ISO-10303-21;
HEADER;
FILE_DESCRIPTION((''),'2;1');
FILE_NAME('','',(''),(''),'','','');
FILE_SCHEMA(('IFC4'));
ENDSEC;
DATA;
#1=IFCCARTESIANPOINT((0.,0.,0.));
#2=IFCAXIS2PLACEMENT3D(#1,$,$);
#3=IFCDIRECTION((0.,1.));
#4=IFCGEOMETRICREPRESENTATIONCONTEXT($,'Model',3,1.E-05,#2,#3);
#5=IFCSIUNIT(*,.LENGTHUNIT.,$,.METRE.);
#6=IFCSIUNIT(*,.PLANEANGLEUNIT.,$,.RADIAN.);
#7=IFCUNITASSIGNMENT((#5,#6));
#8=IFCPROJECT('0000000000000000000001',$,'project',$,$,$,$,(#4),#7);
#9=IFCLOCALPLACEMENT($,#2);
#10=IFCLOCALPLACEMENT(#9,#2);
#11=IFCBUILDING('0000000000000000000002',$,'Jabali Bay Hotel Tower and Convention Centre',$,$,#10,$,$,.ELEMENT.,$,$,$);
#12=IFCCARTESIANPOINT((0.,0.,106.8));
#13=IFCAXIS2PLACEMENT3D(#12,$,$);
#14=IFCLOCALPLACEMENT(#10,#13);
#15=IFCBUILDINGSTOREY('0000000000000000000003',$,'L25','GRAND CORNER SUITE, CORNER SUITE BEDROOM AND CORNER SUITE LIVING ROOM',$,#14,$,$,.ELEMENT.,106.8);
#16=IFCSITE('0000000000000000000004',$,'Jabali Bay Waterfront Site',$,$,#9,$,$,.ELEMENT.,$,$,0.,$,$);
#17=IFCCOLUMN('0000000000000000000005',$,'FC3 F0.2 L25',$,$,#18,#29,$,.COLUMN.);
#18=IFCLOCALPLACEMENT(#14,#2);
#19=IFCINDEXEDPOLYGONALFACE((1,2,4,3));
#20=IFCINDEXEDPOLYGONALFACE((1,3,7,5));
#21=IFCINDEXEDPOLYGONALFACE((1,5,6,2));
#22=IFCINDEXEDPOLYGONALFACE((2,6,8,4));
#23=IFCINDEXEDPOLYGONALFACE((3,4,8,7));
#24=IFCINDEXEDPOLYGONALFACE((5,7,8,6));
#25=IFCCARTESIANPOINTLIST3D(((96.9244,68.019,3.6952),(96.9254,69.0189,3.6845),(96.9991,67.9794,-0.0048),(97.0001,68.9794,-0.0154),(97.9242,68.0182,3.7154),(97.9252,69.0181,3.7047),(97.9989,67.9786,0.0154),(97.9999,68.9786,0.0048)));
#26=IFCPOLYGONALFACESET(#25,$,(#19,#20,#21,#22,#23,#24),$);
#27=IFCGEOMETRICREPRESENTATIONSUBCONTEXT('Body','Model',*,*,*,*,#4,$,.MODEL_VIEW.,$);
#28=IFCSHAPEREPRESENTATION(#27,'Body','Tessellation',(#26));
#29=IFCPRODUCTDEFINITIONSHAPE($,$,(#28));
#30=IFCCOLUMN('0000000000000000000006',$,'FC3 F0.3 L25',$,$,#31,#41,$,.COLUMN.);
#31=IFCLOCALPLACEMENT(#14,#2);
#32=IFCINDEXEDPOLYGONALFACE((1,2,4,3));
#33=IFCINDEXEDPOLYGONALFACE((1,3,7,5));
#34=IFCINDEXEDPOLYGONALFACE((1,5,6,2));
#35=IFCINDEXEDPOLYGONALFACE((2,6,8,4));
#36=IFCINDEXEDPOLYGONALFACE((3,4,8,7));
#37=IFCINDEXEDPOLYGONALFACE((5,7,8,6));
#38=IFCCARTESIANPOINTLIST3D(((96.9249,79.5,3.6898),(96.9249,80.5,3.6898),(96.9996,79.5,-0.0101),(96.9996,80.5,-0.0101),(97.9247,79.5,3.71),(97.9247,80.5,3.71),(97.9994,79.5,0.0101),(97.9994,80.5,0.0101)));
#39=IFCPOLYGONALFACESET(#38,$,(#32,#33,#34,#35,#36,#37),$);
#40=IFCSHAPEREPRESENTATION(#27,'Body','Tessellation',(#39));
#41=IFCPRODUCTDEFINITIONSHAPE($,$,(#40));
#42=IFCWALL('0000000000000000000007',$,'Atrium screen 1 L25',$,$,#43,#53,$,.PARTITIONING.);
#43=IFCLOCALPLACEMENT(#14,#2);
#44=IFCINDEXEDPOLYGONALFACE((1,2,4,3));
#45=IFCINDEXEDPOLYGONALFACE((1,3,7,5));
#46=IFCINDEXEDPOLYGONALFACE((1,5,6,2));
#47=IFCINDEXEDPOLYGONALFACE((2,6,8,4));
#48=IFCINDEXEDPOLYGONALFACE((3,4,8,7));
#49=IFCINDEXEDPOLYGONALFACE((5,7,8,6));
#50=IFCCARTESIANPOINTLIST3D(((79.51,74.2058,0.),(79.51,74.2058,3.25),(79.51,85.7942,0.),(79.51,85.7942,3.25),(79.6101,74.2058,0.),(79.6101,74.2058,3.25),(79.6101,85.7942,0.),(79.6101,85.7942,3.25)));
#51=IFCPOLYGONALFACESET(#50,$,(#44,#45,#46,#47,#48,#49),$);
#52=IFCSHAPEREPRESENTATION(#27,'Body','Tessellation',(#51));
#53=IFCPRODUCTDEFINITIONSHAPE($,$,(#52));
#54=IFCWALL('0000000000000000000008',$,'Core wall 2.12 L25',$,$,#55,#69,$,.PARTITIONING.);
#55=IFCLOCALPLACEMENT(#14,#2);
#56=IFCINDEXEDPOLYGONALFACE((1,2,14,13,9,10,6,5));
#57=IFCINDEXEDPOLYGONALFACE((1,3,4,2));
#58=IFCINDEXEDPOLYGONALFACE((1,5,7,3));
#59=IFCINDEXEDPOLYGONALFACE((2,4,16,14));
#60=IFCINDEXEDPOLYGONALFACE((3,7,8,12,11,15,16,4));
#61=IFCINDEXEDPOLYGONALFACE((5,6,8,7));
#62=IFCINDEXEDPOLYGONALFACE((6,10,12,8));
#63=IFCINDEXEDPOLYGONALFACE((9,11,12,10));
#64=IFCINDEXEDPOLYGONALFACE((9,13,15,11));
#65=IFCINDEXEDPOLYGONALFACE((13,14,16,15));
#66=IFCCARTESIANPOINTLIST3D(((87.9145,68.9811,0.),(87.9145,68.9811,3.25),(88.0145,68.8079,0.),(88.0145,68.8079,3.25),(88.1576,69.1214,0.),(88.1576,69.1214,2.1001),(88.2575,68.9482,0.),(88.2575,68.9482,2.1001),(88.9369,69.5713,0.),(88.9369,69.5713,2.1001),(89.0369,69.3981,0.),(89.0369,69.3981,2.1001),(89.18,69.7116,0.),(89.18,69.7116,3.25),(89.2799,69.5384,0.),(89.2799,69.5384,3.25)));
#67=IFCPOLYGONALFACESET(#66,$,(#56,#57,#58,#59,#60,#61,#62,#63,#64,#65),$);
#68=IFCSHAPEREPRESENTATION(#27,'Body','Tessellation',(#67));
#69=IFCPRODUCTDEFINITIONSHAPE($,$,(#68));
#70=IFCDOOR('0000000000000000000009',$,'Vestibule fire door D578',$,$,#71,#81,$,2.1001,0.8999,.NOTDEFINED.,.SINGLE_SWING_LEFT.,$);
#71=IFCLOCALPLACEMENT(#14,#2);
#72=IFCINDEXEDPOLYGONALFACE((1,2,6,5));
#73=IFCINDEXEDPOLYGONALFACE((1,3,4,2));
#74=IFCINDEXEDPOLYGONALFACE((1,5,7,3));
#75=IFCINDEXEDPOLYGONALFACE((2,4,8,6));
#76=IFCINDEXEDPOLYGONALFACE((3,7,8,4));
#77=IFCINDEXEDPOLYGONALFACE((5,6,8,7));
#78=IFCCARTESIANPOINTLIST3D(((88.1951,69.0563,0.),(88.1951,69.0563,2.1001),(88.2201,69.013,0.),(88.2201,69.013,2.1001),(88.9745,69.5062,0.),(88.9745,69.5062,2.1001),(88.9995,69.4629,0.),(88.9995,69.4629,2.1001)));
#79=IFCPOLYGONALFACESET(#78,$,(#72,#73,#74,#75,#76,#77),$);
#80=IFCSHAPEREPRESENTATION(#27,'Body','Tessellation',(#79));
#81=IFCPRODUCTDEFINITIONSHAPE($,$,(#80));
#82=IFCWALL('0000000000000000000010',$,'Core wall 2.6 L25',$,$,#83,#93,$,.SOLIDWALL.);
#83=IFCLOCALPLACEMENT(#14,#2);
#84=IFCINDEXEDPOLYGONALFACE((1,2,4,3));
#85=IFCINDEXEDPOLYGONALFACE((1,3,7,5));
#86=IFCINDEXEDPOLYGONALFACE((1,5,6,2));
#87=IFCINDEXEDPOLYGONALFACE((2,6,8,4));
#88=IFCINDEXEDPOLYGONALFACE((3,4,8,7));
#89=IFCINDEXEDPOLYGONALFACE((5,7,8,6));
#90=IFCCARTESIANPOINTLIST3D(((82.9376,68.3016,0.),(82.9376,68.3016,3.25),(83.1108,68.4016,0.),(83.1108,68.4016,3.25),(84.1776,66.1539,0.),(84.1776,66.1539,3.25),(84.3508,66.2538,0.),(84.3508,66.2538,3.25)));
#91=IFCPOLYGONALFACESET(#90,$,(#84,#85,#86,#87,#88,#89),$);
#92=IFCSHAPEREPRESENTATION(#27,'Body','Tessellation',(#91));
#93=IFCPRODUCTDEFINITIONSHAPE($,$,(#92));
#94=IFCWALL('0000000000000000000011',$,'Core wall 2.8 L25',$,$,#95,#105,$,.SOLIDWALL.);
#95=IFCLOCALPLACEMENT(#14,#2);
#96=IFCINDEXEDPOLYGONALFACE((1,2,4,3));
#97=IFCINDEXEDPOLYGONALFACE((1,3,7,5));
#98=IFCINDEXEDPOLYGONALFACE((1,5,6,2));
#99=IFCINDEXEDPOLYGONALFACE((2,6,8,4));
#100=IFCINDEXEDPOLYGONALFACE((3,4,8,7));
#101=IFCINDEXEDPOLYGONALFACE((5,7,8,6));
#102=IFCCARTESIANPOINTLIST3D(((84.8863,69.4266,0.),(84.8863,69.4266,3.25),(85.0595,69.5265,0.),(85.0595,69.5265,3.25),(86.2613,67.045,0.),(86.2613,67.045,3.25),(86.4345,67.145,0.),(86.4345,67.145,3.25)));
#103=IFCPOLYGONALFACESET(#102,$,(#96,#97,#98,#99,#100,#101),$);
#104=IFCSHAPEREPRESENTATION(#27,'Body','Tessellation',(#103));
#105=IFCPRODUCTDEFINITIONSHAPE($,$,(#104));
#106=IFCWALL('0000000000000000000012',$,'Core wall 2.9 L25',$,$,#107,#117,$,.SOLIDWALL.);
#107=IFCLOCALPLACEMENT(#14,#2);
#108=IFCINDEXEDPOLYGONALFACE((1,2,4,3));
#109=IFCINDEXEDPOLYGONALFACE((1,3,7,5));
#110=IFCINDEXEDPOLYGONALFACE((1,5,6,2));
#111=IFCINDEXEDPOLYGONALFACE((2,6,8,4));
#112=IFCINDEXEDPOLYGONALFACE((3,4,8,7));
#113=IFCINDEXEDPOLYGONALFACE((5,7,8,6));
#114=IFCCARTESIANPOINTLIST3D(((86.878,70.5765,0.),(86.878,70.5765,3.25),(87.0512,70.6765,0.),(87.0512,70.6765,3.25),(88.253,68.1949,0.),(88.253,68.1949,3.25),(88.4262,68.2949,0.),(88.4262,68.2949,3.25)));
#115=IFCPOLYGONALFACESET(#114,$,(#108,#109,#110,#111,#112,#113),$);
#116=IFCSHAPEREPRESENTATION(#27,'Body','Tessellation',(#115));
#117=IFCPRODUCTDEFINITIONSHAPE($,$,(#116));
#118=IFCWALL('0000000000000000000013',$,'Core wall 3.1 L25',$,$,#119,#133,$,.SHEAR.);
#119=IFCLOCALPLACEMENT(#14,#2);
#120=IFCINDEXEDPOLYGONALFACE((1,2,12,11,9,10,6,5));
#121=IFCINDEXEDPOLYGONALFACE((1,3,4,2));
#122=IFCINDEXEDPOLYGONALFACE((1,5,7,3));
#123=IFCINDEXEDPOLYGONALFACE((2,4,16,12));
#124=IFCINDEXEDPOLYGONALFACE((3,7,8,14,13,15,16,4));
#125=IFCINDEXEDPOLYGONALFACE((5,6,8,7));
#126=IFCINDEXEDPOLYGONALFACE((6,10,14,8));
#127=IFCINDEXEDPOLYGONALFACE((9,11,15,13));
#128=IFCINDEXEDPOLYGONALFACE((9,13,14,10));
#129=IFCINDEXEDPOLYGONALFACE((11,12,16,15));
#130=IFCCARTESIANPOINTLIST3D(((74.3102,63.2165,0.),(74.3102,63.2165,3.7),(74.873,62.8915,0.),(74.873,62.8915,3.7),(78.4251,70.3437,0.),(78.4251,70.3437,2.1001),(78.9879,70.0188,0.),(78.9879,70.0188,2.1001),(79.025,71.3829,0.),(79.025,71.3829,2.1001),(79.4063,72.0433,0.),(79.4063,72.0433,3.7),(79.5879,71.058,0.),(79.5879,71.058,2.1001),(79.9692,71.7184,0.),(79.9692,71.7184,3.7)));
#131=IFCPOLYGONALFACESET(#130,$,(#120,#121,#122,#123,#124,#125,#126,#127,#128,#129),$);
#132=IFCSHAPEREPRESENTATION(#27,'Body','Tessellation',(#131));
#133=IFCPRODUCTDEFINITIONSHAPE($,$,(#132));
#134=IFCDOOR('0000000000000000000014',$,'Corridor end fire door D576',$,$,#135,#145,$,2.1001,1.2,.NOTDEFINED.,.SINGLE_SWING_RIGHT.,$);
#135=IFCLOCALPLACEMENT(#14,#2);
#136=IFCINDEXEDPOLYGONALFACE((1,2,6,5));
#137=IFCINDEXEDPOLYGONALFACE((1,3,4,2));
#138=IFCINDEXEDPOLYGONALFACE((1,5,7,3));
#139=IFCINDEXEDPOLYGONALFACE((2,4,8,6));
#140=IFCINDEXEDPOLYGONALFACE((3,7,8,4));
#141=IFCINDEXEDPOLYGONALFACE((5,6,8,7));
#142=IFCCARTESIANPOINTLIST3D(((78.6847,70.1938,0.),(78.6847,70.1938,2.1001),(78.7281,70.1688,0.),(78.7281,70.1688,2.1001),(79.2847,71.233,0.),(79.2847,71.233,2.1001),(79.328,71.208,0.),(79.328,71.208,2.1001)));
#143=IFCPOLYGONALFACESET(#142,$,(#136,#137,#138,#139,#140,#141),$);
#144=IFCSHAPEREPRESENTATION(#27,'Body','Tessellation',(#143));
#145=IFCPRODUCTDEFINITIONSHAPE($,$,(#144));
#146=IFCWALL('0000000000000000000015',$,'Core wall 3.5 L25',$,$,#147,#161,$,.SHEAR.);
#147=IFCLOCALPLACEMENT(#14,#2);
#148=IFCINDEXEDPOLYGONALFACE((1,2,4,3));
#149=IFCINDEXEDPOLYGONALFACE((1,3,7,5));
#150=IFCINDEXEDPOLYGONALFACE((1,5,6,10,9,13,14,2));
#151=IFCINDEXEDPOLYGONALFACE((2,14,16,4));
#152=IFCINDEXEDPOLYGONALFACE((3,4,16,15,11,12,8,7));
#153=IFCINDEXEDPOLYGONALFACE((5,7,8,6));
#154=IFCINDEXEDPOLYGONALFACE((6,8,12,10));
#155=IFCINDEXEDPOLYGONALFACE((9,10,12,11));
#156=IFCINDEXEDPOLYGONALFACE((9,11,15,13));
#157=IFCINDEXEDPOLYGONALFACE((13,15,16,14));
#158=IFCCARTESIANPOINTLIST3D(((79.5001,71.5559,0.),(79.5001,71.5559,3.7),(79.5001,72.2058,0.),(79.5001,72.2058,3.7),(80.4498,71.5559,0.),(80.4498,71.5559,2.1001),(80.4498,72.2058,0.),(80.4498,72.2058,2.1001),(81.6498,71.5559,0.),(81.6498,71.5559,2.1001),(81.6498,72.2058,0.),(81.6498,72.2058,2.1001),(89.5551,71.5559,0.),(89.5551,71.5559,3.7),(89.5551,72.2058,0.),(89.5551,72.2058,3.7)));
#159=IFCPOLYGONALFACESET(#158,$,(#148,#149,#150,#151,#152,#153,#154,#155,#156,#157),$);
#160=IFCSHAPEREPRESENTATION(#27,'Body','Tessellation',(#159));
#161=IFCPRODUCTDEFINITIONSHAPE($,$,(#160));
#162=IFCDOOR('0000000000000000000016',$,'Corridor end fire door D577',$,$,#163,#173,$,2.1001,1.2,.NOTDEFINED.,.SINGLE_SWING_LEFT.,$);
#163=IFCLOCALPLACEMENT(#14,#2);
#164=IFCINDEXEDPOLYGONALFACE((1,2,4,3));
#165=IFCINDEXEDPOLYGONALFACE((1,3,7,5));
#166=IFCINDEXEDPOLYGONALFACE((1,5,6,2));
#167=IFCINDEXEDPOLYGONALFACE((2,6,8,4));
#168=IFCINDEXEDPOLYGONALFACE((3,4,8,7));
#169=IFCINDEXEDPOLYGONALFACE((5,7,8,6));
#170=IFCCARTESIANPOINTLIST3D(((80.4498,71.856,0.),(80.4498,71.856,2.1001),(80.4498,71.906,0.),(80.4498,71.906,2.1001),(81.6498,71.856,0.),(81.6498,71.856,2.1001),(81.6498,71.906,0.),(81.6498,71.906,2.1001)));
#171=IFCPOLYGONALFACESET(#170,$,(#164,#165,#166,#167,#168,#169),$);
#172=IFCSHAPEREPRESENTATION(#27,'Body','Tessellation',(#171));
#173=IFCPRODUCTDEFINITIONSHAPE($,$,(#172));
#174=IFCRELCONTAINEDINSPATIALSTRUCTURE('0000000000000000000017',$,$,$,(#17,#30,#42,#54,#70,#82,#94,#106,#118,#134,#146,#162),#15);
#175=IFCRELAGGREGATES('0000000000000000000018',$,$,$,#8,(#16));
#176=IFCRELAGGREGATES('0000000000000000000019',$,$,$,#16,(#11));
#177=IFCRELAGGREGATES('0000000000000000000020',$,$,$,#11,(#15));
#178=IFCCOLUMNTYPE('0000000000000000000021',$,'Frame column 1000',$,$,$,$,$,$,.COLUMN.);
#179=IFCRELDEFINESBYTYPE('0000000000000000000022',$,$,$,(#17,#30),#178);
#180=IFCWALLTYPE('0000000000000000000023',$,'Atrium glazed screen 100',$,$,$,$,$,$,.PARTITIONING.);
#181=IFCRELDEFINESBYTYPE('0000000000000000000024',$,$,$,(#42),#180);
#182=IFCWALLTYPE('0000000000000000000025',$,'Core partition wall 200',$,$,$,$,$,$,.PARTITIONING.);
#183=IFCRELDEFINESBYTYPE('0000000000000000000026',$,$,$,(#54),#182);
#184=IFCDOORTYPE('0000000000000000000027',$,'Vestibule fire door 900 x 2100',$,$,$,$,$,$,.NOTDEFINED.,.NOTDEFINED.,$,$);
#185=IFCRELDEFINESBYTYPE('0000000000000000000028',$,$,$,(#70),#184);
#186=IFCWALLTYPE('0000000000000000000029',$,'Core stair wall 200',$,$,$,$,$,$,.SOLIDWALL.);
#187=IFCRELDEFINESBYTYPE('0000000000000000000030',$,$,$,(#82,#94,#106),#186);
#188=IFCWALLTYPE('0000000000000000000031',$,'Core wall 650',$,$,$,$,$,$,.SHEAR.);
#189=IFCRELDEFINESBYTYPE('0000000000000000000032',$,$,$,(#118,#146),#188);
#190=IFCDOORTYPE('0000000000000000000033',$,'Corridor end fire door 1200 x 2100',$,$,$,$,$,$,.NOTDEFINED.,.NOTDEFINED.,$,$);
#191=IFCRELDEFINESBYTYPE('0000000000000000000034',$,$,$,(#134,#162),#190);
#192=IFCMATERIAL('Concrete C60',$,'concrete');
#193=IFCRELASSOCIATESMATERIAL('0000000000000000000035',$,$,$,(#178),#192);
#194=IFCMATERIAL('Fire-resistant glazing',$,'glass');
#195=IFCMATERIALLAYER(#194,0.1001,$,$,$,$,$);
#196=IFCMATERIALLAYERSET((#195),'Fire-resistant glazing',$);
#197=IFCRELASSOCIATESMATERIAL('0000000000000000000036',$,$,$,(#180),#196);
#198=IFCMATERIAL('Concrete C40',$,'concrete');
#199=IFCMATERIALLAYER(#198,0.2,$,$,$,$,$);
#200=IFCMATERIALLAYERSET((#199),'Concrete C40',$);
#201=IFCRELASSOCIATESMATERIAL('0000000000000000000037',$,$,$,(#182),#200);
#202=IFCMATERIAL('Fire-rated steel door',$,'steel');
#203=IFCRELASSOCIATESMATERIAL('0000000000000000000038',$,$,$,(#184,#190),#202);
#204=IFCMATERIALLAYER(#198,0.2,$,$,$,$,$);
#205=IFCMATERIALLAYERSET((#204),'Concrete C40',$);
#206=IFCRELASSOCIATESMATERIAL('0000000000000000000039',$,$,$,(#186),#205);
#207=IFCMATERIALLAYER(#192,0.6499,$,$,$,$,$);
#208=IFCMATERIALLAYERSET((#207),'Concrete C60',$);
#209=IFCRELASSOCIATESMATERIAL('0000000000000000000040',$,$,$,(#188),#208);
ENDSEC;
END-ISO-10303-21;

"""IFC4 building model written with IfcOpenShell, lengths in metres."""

from ifc_helpers import new_model, si_unit, direction, frame, frame_2d, origin, origin_2d, place, context, subcontext, project, spatial, rectangle, extrude, material, layer, layer_set, material_profile, profile_set, type_object, element, fill, save


model = new_model("IFC4")

# Units and contexts
model_context = context("Model", 3, precision=1e-05, world=origin(), true_north=direction((0.0, 1.0)))
body_context = subcontext(model_context, "Body", "Model", "MODEL_VIEW")
ifc_project = project(units=[si_unit("LENGTHUNIT", "METRE"), si_unit("PLANEANGLEUNIT", "RADIAN")], contexts=[model_context])

# Site, building, storey
site_placement = place(None, origin())
site = spatial("IfcSite", under=ifc_project, at=site_placement, Name="Jabali Bay Waterfront Site", CompositionType="ELEMENT", RefElevation=0.0)
building_placement = place(site_placement, origin())
building = spatial("IfcBuilding", under=site, at=building_placement, Name="Jabali Bay Hotel Tower and Convention Centre", CompositionType="ELEMENT")
storey_placement = place(building_placement, frame((0.0, 0.0, 106.8)))
storey = spatial("IfcBuildingStorey", under=building, at=storey_placement, Name="L25", Description="GRAND CORNER SUITE, CORNER SUITE BEDROOM AND CORNER SUITE LIVING ROOM", CompositionType="ELEMENT", Elevation=106.8)

# Columns
ifc_material_1 = material(Name="Concrete C60", Category="concrete")
ifc_material_profile = material_profile(ifc_material_1, rectangle(XDim=1.0, YDim=1.0, at=origin_2d()), Name="Frame column 1000")
ifc_profile_set = profile_set([ifc_material_profile], Name="Concrete C60")
column_type = type_object("IfcColumnType", Name="Frame column 1000", PredefinedType="COLUMN", material=ifc_profile_set)
column_1_placement = place(storey_placement, frame((97.4995, 68.479, 0.0), z_axis=(-0.020186, 0.010687, 0.999739), x_axis=(-0.001013, -0.999943, 0.010668)))
element("IfcColumn", 1, at=column_1_placement, inside=storey, type_object=column_type, Name="FC3 F0.2 L25", PredefinedType="COLUMN", context=body_context, shape_type="SweptSolid", body=[
    extrude(rectangle(XDim=1.0, YDim=1.0, at=origin_2d()), origin(), (0.0, 0.0, 1.0), 3.7009),
])
column_2_placement = place(storey_placement, frame((97.4995, 80.0, 0.0), z_axis=(-0.020187, 0.0, 0.999796), x_axis=(0.0, -1.0, 0.0)))
element("IfcColumn", 2, at=column_2_placement, inside=storey, type_object=column_type, Name="FC3 F0.3 L25", PredefinedType="COLUMN", context=body_context, shape_type="SweptSolid", body=[
    extrude(rectangle(XDim=1.0, YDim=1.0, at=origin_2d()), origin(), (0.0, 0.0, 1.0), 3.7007),
])

# Wall
ifc_material_2 = material(Name="Fire-resistant glazing", Category="glass")
ifc_layer_1 = layer(ifc_material_2, 0.1001)
ifc_layer_set_1 = layer_set([ifc_layer_1], Name="Fire-resistant glazing")
wall_type_1 = type_object("IfcWallType", Name="Atrium glazed screen 100", PredefinedType="PARTITIONING", material=ifc_layer_set_1)
wall_1_placement = place(storey_placement, frame((79.5601, 74.2058, 0.0), z_axis=(0.0, 0.0, 1.0), x_axis=(0.0, 1.0, 0.0)))
element("IfcWall", 3, at=wall_1_placement, inside=storey, type_object=wall_type_1, Name="Atrium screen 1 L25", PredefinedType="PARTITIONING", context=body_context, shape_type="SweptSolid", body=[
    extrude(rectangle(XDim=11.5884, YDim=0.1001, at=frame_2d((5.7942, 0.0))), origin(), (0.0, 0.0, 1.0), 3.25),
])

# Wall, opening, door
ifc_material_3 = material(Name="Concrete C40", Category="concrete")
ifc_layer_2 = layer(ifc_material_3, 0.2)
ifc_layer_set_2 = layer_set([ifc_layer_2], Name="Concrete C40")
wall_type_2 = type_object("IfcWallType", Name="Core partition wall 200", PredefinedType="PARTITIONING", material=ifc_layer_set_2)
wall_2_placement = place(storey_placement, frame((87.9646, 68.8945, 0.0), z_axis=(0.0, 0.0, 1.0), x_axis=(0.866055, 0.499949, 0.0)))
wall_2 = element("IfcWall", 4, at=wall_2_placement, inside=storey, type_object=wall_type_2, Name="Core wall 2.12 L25", PredefinedType="PARTITIONING", context=body_context, shape_type="SweptSolid", body=[
    extrude(rectangle(XDim=1.4612, YDim=0.2, at=frame_2d((0.7305, 0.0))), origin(), (0.0, 0.0, 1.0), 3.25),
])
opening_1_placement = place(wall_2_placement, frame((0.2805, 0.0, 0.0)))
opening_1 = element("IfcOpeningElement", 5, at=opening_1_placement, cuts=wall_2, PredefinedType="OPENING", context=body_context, shape_type="SweptSolid", body=[
    extrude(rectangle(XDim=0.8999, YDim=2.1001, at=frame_2d((0.45, 1.05))), frame((0.0, 0.1104, 0.0), z_axis=(0.0, -1.0, 0.0), x_axis=(1.0, 0.0, 0.0)), (0.0, 0.0, 1.0), 0.2209),
])
ifc_material_4 = material(Name="Fire-rated steel door", Category="steel")
door_type_1 = type_object("IfcDoorType", Name="Vestibule fire door 900 x 2100", OperationType="NOTDEFINED", PredefinedType="NOTDEFINED", material=ifc_material_4)
door_1_placement = place(opening_1_placement, origin())
door_1 = element("IfcDoor", 6, at=door_1_placement, inside=storey, type_object=door_type_1, Name="Vestibule fire door D578", OperationType="SINGLE_SWING_LEFT", OverallHeight=2.1001, OverallWidth=0.8999, PredefinedType="NOTDEFINED", context=body_context, shape_type="SweptSolid", body=[
    extrude(rectangle(XDim=0.8999, YDim=2.1001, at=frame_2d((0.45, 1.05))), frame((0.0, 0.0249, 0.0), z_axis=(0.0, -1.0, 0.0), x_axis=(1.0, 0.0, 0.0)), (0.0, 0.0, 1.0), 0.05),
])
fill(opening_1, door_1)

# Walls
ifc_layer_3 = layer(ifc_material_3, 0.2)
ifc_layer_set_3 = layer_set([ifc_layer_3], Name="Concrete C40")
wall_type_3 = type_object("IfcWallType", Name="Core stair wall 200", PredefinedType="SOLIDWALL", material=ifc_layer_set_3)
wall_3_placement = place(storey_placement, frame((83.0242, 68.3516, 0.0), z_axis=(0.0, 0.0, 1.0), x_axis=(0.500004, -0.866023, 0.0)))
element("IfcWall", 7, at=wall_3_placement, inside=storey, type_object=wall_type_3, Name="Core wall 2.6 L25", PredefinedType="SOLIDWALL", context=body_context, shape_type="SweptSolid", body=[
    extrude(rectangle(XDim=2.48, YDim=0.2, at=frame_2d((1.24, 0.0))), origin(), (0.0, 0.0, 1.0), 3.25),
])
for number, where, z_axis, x_axis, name in (
    (8, (84.9729, 69.4766, 0.0), (0.0, 0.0, 1.0), (0.499997, -0.866027, 0.0), "Core wall 2.8 L25"),
    (9, (86.9646, 70.6265, 0.0), (0.0, 0.0, 1.0), (0.499997, -0.866027, 0.0), "Core wall 2.9 L25"),
):
    element("IfcWall", number, at=place(storey_placement, frame(where, z_axis=z_axis, x_axis=x_axis)), inside=storey, type_object=wall_type_3, Name=name, PredefinedType="SOLIDWALL", context=body_context, shape_type="SweptSolid", body=[
        extrude(rectangle(XDim=2.75, YDim=0.2, at=frame_2d((1.375, 0.0))), origin(), (0.0, 0.0, 1.0), 3.25),
    ])

# Walls, openings, doors
ifc_layer_4 = layer(ifc_material_1, 0.6499)
ifc_layer_set_4 = layer_set([ifc_layer_4], Name="Concrete C60")
wall_type_4 = type_object("IfcWallType", Name="Core wall 650", PredefinedType="SHEAR", material=ifc_layer_set_4)
wall_4_placement = place(storey_placement, frame((79.6877, 71.8809, 0.0), z_axis=(0.0, 0.0, 1.0), x_axis=(-0.499998, -0.866026, 0.0)))
wall_4 = element("IfcWall", 10, at=wall_4_placement, inside=storey, type_object=wall_type_4, Name="Core wall 3.1 L25", PredefinedType="SHEAR", context=body_context, shape_type="SweptSolid", body=[
    extrude(rectangle(XDim=10.1924, YDim=0.6499, at=frame_2d((5.0962, 0.0))), origin(), (0.0, 0.0, 1.0), 3.7),
])
opening_2_placement = place(wall_4_placement, frame((0.7625, 0.0, 0.0)))
opening_2 = element("IfcOpeningElement", 11, at=opening_2_placement, cuts=wall_4, PredefinedType="OPENING", context=body_context, shape_type="SweptSolid", body=[
    extrude(rectangle(XDim=1.2, YDim=2.1001, at=frame_2d((0.6001, 1.05))), frame((0.0, 0.3354, 0.0), z_axis=(0.0, -1.0, 0.0), x_axis=(1.0, 0.0, 0.0)), (0.0, 0.0, 1.0), 0.6709),
])
door_type_2 = type_object("IfcDoorType", Name="Corridor end fire door 1200 x 2100", OperationType="NOTDEFINED", PredefinedType="NOTDEFINED", material=ifc_material_4)
door_2_placement = place(opening_2_placement, origin())
door_2 = element("IfcDoor", 12, at=door_2_placement, inside=storey, type_object=door_type_2, Name="Corridor end fire door D576", OperationType="SINGLE_SWING_RIGHT", OverallHeight=2.1001, OverallWidth=1.2, PredefinedType="NOTDEFINED", context=body_context, shape_type="SweptSolid", body=[
    extrude(rectangle(XDim=1.2, YDim=2.1001, at=frame_2d((0.6001, 1.05))), frame((0.0, 0.0249, 0.0), z_axis=(0.0, -1.0, 0.0), x_axis=(1.0, 0.0, 0.0)), (0.0, 0.0, 1.0), 0.05),
])
fill(opening_2, door_2)
wall_5_placement = place(storey_placement, frame((89.5549, 71.8809, 0.0), z_axis=(0.0, 0.0, 1.0), x_axis=(-1.0, 0.0, 0.0)))
wall_5 = element("IfcWall", 13, at=wall_5_placement, inside=storey, type_object=wall_type_4, Name="Core wall 3.5 L25", PredefinedType="SHEAR", context=body_context, shape_type="SweptSolid", body=[
    extrude(rectangle(XDim=10.0549, YDim=0.6499, at=frame_2d((5.0273, 0.0))), origin(), (0.0, 0.0, 1.0), 3.7),
])
opening_3_placement = place(wall_5_placement, frame((7.905, 0.0, 0.0)))
opening_3 = element("IfcOpeningElement", 14, at=opening_3_placement, cuts=wall_5, PredefinedType="OPENING", context=body_context, shape_type="SweptSolid", body=[
    extrude(rectangle(XDim=1.2, YDim=2.1001, at=frame_2d((0.6001, 1.05))), frame((0.0, 0.3354, 0.0), z_axis=(0.0, -1.0, 0.0), x_axis=(1.0, 0.0, 0.0)), (0.0, 0.0, 1.0), 0.6709),
])
door_3_placement = place(opening_3_placement, origin())
door_3 = element("IfcDoor", 15, at=door_3_placement, inside=storey, type_object=door_type_2, Name="Corridor end fire door D577", OperationType="SINGLE_SWING_LEFT", OverallHeight=2.1001, OverallWidth=1.2, PredefinedType="NOTDEFINED", context=body_context, shape_type="SweptSolid", body=[
    extrude(rectangle(XDim=1.2, YDim=2.1001, at=frame_2d((0.6001, 1.05))), frame((0.0, 0.0249, 0.0), z_axis=(0.0, -1.0, 0.0), x_axis=(1.0, 0.0, 0.0)), (0.0, 0.0, 1.0), 0.05),
])
fill(opening_3, door_3)

save(model, "model.ifc")
